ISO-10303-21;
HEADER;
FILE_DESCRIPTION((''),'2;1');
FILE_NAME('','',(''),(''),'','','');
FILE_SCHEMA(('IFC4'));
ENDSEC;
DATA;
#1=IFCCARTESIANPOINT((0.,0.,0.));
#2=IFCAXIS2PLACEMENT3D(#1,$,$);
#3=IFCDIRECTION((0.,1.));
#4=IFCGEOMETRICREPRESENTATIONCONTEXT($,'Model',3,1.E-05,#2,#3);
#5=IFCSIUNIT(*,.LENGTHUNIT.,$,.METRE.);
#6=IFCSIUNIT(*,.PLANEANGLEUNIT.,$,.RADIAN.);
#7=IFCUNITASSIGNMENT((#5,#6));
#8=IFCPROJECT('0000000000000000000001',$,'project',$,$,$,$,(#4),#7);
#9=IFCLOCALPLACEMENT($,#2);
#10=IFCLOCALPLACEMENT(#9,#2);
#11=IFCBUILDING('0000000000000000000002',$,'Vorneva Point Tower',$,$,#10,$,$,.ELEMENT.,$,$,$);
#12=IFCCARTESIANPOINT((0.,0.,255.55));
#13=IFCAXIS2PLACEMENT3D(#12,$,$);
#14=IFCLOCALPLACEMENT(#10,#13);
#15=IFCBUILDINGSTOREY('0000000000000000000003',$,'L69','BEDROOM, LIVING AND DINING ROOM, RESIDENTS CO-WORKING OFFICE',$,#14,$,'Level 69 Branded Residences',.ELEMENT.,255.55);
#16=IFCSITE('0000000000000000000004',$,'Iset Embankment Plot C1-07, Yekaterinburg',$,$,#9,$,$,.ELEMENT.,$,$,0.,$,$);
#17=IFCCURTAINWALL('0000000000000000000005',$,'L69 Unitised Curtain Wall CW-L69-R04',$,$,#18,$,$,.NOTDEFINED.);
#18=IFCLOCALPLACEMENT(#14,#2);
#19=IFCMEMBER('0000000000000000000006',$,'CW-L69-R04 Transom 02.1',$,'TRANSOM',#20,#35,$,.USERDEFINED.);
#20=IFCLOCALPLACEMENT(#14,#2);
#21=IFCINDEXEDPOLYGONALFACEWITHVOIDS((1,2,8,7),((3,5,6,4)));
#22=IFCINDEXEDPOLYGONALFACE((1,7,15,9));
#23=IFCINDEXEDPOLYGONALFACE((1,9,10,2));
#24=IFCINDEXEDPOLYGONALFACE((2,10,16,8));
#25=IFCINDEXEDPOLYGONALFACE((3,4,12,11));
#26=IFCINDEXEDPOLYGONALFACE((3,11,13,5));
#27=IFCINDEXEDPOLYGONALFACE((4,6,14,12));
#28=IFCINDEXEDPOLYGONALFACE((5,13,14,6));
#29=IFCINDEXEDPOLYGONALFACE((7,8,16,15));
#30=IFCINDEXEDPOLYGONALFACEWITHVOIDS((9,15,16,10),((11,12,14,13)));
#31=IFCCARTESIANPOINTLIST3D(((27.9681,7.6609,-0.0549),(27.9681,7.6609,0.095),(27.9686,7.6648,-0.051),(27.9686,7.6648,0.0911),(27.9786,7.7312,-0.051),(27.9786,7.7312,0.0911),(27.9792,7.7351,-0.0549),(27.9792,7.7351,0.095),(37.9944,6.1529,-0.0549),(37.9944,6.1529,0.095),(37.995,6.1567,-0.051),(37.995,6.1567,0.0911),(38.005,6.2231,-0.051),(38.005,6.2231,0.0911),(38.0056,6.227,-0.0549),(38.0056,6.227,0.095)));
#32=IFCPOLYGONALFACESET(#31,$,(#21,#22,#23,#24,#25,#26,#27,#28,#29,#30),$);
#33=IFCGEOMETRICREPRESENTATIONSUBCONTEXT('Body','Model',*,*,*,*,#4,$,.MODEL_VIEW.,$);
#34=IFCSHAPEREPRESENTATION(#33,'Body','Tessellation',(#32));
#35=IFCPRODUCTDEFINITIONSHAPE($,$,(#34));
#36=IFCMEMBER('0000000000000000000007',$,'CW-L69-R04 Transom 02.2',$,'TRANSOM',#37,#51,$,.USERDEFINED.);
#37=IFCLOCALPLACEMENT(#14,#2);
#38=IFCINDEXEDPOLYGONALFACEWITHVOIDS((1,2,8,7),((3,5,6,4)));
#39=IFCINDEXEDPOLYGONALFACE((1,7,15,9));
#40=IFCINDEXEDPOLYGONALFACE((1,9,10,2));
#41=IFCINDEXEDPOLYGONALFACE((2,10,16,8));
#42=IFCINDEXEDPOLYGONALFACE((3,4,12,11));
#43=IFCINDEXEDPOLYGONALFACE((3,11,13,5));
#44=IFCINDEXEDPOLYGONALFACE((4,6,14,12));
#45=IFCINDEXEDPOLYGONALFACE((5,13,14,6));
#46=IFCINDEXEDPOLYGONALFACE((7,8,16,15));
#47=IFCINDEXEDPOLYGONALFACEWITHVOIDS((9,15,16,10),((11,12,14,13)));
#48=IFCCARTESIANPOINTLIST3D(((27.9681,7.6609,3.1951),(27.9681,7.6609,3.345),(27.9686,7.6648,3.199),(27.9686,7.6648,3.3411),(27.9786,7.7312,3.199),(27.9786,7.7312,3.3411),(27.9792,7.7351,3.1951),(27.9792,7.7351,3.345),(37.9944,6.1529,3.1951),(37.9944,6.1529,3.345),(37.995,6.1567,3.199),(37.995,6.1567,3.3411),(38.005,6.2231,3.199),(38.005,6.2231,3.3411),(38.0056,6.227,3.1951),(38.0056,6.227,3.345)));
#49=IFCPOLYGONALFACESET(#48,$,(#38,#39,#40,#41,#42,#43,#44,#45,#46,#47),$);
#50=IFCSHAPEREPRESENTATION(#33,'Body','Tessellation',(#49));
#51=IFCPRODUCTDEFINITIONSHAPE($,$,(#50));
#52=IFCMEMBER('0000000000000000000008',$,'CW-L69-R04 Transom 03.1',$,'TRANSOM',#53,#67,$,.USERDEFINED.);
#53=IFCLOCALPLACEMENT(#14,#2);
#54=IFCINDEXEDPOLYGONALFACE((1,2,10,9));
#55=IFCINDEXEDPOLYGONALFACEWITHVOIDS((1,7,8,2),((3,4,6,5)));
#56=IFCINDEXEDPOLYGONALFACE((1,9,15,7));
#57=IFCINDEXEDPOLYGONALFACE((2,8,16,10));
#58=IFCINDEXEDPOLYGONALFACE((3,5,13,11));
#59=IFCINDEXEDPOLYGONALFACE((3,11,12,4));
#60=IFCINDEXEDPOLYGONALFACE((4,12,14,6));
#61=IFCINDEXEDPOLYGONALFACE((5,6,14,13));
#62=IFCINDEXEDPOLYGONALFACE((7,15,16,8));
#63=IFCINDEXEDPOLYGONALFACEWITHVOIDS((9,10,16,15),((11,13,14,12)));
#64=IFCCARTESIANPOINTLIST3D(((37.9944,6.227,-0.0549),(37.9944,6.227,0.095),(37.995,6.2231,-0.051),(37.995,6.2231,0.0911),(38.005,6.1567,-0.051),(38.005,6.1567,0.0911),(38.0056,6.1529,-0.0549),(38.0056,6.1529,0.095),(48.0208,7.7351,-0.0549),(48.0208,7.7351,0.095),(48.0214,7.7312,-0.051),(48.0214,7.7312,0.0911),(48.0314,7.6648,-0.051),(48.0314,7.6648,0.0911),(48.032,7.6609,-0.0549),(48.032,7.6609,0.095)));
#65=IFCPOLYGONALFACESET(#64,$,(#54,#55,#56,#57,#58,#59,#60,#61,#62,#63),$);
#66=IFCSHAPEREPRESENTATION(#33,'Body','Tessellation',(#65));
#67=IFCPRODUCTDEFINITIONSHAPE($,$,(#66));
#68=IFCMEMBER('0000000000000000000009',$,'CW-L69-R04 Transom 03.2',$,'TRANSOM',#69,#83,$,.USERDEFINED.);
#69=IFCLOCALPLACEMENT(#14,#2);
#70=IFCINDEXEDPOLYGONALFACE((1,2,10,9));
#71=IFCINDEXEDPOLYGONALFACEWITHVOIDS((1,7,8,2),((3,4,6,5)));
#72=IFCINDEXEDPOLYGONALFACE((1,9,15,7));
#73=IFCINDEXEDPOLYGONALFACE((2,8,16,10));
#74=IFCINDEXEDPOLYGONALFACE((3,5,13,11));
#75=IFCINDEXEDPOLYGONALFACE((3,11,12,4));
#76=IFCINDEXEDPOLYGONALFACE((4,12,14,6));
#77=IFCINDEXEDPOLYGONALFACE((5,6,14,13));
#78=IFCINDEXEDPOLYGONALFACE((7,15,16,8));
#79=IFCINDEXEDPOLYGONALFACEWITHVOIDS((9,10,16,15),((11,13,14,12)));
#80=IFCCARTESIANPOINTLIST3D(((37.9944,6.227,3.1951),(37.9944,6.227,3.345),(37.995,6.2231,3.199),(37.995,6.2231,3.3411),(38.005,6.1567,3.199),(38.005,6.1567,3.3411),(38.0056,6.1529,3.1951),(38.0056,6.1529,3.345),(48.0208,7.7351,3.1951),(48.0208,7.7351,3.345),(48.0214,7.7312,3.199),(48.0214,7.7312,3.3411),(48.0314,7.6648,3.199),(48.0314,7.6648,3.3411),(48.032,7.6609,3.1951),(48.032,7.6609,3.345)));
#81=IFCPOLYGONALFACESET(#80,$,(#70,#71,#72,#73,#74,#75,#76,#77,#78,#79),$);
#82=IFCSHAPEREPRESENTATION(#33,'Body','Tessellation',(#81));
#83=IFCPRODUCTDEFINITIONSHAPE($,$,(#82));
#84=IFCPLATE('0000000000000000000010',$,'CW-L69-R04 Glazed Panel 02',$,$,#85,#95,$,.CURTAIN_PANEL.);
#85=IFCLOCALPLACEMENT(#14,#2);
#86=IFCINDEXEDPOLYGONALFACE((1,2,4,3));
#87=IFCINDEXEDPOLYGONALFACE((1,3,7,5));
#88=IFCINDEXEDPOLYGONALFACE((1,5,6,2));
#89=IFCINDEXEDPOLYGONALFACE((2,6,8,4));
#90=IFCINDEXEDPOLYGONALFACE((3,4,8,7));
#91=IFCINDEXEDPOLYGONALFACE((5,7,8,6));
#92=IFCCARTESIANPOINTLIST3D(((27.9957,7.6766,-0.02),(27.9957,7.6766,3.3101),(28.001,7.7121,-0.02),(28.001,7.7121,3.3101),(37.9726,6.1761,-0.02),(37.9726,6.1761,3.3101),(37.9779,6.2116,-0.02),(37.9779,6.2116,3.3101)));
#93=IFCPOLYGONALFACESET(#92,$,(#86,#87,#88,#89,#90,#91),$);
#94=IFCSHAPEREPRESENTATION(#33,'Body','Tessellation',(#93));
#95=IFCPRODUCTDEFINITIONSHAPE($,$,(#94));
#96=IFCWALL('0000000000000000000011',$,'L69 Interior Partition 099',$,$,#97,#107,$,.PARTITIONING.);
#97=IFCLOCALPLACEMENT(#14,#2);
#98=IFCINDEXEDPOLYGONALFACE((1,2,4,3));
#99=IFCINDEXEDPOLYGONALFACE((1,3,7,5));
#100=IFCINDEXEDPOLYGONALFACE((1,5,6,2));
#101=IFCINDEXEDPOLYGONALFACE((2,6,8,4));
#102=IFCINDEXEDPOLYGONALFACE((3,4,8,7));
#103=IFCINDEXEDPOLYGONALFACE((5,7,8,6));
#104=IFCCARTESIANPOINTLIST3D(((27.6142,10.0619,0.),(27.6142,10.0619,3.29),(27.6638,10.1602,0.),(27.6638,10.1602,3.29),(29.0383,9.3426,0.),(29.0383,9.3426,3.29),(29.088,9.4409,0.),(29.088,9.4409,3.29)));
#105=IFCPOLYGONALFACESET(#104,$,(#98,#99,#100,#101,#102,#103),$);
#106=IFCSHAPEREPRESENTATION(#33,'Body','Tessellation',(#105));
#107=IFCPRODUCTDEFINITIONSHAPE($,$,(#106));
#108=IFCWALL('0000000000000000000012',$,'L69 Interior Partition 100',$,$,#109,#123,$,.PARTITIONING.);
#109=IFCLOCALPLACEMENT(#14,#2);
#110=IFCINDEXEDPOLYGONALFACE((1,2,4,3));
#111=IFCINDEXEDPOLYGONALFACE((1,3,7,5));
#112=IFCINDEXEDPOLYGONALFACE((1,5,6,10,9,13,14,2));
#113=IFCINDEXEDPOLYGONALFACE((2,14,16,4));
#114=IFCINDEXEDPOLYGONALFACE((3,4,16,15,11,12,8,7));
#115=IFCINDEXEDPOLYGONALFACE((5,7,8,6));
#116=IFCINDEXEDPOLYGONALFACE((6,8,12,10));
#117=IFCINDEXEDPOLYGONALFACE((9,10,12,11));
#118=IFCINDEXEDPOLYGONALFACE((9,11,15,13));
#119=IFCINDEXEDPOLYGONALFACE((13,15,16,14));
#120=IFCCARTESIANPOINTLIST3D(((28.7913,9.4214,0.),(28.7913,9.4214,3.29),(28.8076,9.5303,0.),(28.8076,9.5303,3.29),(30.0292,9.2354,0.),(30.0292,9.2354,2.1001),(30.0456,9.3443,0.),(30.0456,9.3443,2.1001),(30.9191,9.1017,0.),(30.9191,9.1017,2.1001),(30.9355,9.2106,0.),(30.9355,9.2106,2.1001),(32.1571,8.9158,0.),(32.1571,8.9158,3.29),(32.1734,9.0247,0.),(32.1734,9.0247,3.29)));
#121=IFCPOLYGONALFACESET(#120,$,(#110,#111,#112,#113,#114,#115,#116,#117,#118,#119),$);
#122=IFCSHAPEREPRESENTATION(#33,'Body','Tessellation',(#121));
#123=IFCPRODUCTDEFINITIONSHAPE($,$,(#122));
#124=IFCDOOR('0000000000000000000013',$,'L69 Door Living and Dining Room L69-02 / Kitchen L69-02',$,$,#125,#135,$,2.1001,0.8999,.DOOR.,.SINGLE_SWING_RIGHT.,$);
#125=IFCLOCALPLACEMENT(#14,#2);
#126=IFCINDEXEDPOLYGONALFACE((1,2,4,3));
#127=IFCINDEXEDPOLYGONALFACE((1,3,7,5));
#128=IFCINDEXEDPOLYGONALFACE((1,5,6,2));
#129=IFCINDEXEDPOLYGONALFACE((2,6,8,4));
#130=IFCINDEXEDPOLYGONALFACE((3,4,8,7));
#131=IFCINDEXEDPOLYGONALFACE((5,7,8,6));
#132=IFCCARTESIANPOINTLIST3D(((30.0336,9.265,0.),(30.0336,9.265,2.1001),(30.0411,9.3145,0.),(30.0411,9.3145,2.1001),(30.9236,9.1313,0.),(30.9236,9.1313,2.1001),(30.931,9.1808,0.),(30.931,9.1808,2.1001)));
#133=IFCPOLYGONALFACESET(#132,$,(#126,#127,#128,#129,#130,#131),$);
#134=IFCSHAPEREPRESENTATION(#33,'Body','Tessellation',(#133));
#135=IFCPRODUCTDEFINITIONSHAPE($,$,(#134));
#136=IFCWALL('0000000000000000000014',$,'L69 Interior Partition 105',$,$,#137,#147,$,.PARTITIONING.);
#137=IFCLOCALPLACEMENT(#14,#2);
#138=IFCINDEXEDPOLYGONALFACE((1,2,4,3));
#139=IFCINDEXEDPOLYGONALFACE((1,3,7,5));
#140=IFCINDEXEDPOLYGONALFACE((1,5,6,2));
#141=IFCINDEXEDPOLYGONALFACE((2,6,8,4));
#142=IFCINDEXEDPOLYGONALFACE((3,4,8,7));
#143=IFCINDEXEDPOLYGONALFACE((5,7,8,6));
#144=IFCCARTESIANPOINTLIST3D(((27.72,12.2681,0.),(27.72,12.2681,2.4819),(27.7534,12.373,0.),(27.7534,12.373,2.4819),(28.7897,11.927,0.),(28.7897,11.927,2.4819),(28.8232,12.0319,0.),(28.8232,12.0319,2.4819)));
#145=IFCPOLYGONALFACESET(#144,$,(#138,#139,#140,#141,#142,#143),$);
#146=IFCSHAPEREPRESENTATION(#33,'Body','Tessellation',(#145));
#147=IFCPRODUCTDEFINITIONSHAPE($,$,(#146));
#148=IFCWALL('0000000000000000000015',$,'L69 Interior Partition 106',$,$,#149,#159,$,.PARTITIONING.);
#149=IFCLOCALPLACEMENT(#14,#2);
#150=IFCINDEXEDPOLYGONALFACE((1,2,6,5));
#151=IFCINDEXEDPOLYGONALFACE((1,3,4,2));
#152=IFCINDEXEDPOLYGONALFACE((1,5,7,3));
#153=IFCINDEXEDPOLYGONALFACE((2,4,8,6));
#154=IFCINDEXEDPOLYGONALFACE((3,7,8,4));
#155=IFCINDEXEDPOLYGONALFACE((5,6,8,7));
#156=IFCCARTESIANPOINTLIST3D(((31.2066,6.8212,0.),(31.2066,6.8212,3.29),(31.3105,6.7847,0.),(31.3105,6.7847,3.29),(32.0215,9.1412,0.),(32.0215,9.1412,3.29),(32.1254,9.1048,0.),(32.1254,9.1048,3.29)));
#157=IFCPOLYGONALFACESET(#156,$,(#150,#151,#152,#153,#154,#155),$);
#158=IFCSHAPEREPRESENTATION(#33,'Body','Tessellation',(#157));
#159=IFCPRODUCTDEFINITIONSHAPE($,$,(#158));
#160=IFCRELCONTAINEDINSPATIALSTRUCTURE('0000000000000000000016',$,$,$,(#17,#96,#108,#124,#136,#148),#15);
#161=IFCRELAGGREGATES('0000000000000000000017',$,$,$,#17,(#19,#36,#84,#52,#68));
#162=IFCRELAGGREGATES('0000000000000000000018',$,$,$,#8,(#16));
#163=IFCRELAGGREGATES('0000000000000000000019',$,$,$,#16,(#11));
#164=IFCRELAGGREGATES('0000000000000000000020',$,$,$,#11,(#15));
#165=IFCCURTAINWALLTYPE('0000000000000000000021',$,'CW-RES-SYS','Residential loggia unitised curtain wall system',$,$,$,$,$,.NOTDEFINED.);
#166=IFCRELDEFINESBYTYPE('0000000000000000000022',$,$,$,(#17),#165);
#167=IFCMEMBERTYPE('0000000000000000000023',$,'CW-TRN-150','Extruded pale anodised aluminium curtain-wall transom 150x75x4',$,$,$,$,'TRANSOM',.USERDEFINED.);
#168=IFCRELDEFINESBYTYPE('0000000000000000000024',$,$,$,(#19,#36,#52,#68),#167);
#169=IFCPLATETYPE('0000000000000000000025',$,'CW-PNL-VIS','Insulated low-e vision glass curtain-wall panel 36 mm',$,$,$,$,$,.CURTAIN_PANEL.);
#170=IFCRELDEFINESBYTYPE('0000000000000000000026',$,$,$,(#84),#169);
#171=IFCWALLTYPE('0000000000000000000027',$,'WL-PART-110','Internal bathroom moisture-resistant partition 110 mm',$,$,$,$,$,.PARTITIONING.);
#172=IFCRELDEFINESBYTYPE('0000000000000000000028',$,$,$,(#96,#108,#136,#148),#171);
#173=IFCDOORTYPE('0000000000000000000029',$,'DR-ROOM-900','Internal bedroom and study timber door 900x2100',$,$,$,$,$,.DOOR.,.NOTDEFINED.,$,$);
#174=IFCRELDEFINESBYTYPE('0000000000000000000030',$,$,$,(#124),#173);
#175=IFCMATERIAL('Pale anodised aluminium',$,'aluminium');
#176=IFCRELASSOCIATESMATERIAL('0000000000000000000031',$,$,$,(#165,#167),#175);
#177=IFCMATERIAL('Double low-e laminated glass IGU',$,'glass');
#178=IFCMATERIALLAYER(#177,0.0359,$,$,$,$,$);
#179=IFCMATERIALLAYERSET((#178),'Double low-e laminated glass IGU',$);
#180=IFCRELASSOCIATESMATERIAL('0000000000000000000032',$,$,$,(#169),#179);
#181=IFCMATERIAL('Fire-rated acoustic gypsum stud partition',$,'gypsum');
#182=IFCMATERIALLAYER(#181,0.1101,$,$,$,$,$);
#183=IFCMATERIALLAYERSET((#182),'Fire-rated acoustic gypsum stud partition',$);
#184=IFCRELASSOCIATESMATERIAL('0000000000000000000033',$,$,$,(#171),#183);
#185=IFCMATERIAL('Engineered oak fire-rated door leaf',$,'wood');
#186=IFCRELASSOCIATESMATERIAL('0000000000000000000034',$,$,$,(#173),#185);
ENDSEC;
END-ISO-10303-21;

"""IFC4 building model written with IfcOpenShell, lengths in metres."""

from ifc_helpers import new_model, si_unit, direction, frame, frame_2d, origin, origin_2d, place, context, subcontext, project, spatial, rectangle, hollow_rectangle, extrude, material, layer, layer_set, material_profile, profile_set, type_object, element, fill, aggregate, save


model = new_model("IFC4")

# Units and contexts
model_context = context("Model", 3, precision=1e-05, world=origin(), true_north=direction((0.0, 1.0)))
body_context = subcontext(model_context, "Body", "Model", "MODEL_VIEW")
ifc_project = project(units=[si_unit("LENGTHUNIT", "METRE"), si_unit("PLANEANGLEUNIT", "RADIAN")], contexts=[model_context])

# Site, building, storey
site_placement = place(None, origin())
site = spatial("IfcSite", under=ifc_project, at=site_placement, Name="Iset Embankment Plot C1-07, Yekaterinburg", CompositionType="ELEMENT", RefElevation=0.0)
building_placement = place(site_placement, origin())
building = spatial("IfcBuilding", under=site, at=building_placement, Name="Vorneva Point Tower", CompositionType="ELEMENT")
storey_placement = place(building_placement, frame((0.0, 0.0, 255.55)))
storey = spatial("IfcBuildingStorey", under=building, at=storey_placement, Name="L69", Description="BEDROOM, LIVING AND DINING ROOM, RESIDENTS CO-WORKING OFFICE", LongName="Level 69 Branded Residences", CompositionType="ELEMENT", Elevation=255.55)

# Curtain wall, members, plate
ifc_material_1 = material(Name="Pale anodised aluminium", Category="aluminium")
curtain_wall_type = type_object("IfcCurtainWallType", Name="CW-RES-SYS", Description="Residential loggia unitised curtain wall system", PredefinedType="NOTDEFINED", material=ifc_material_1)
curtain_wall_placement = place(storey_placement, origin())
curtain_wall = element("IfcCurtainWall", 1, at=curtain_wall_placement, inside=storey, type_object=curtain_wall_type, Name="L69 Unitised Curtain Wall CW-L69-R04", PredefinedType="NOTDEFINED")
ifc_material_profile_1 = material_profile(ifc_material_1, hollow_rectangle(XDim=0.075, YDim=0.1499, WallThickness=0.0039, at=origin_2d()), Name="AL-TRN 150x75x4")
ifc_profile_set_1 = profile_set([ifc_material_profile_1], Name="Pale anodised aluminium")
member_type_1 = type_object("IfcMemberType", Name="CW-TRN-150", Description="Extruded pale anodised aluminium curtain-wall transom 150x75x4", ElementType="TRANSOM", PredefinedType="USERDEFINED", material=ifc_profile_set_1)
member_1_placement = place(storey_placement, frame((27.9736, 7.698, 0.02), z_axis=(0.988877, -0.148736, 0.0), x_axis=(0.148736, 0.988877, 0.0)))
member_1 = element("IfcMember", 2, at=member_1_placement, type_object=member_type_1, Name="CW-L69-R04 Transom 02.1", ObjectType="TRANSOM", PredefinedType="USERDEFINED", context=body_context, shape_type="SweptSolid", body=[
    extrude(hollow_rectangle(XDim=0.075, YDim=0.1499, WallThickness=0.0039, at=origin_2d()), origin(), (0.0, 0.0, 1.0), 10.1392),
])
member_2_placement = place(storey_placement, frame((27.9736, 7.698, 3.27), z_axis=(0.988877, -0.148736, 0.0), x_axis=(0.148736, 0.988877, 0.0)))
member_2 = element("IfcMember", 3, at=member_2_placement, type_object=member_type_1, Name="CW-L69-R04 Transom 02.2", ObjectType="TRANSOM", PredefinedType="USERDEFINED", context=body_context, shape_type="SweptSolid", body=[
    extrude(hollow_rectangle(XDim=0.075, YDim=0.1499, WallThickness=0.0039, at=origin_2d()), origin(), (0.0, 0.0, 1.0), 10.1392),
])
member_3_placement = place(storey_placement, frame((38.0, 6.1899, 0.02), z_axis=(0.988877, 0.148736, 0.0), x_axis=(-0.148736, 0.988877, 0.0)))
member_3 = element("IfcMember", 4, at=member_3_placement, type_object=member_type_1, Name="CW-L69-R04 Transom 03.1", ObjectType="TRANSOM", PredefinedType="USERDEFINED", context=body_context, shape_type="SweptSolid", body=[
    extrude(hollow_rectangle(XDim=0.075, YDim=0.1499, WallThickness=0.0039, at=origin_2d()), origin(), (0.0, 0.0, 1.0), 10.1392),
])
member_4_placement = place(storey_placement, frame((38.0, 6.1899, 3.27), z_axis=(0.988877, 0.148736, 0.0), x_axis=(-0.148736, 0.988877, 0.0)))
member_4 = element("IfcMember", 5, at=member_4_placement, type_object=member_type_1, Name="CW-L69-R04 Transom 03.2", ObjectType="TRANSOM", PredefinedType="USERDEFINED", context=body_context, shape_type="SweptSolid", body=[
    extrude(hollow_rectangle(XDim=0.075, YDim=0.1499, WallThickness=0.0039, at=origin_2d()), origin(), (0.0, 0.0, 1.0), 10.1392),
])
ifc_material_2 = material(Name="Double low-e laminated glass IGU", Category="glass")
ifc_layer_1 = layer(ifc_material_2, 0.0359)
ifc_layer_set_1 = layer_set([ifc_layer_1], Name="Double low-e laminated glass IGU")
plate_type = type_object("IfcPlateType", Name="CW-PNL-VIS", Description="Insulated low-e vision glass curtain-wall panel 36 mm", PredefinedType="CURTAIN_PANEL", material=ifc_layer_set_1)
plate_placement = place(storey_placement, frame((32.9868, 6.9441, -0.02), z_axis=(0.0, 0.0, 1.0), x_axis=(0.988879, -0.148724, 0.0)))
plate = element("IfcPlate", 6, at=plate_placement, type_object=plate_type, Name="CW-L69-R04 Glazed Panel 02", PredefinedType="CURTAIN_PANEL", context=body_context, shape_type="SweptSolid", body=[
    extrude(rectangle(XDim=10.0891, YDim=0.0359, at=origin_2d()), origin(), (0.0, 0.0, 1.0), 3.3301),
])
aggregate(curtain_wall, [member_1, member_2, plate, member_3, member_4])

# Wall
ifc_material_3 = material(Name="Fire-rated acoustic gypsum stud partition", Category="gypsum")
ifc_layer_2 = layer(ifc_material_3, 0.1101)
ifc_layer_set_2 = layer_set([ifc_layer_2], Name="Fire-rated acoustic gypsum stud partition")
wall_type_1 = type_object("IfcWallType", Name="WL-PART-110", Description="Internal bathroom moisture-resistant partition 110 mm", PredefinedType="PARTITIONING", material=ifc_layer_set_2)
wall_1_placement = place(storey_placement, frame((27.6389, 10.1111, 0.0), z_axis=(0.0, 0.0, 1.0), x_axis=(0.892614, -0.450821, 0.0)))
element("IfcWall", 7, at=wall_1_placement, inside=storey, type_object=wall_type_1, Name="L69 Interior Partition 099", PredefinedType="PARTITIONING", context=body_context, shape_type="SweptSolid", body=[
    extrude(rectangle(XDim=1.5955, YDim=0.1101, at=frame_2d((0.7979, 0.0))), origin(), (0.0, 0.0, 1.0), 3.29),
])

# Wall, opening, door
wall_2_placement = place(storey_placement, frame((28.7996, 9.4758, 0.0), z_axis=(0.0, 0.0, 1.0), x_axis=(0.988904, -0.148558, 0.0)))
wall_2 = element("IfcWall", 8, at=wall_2_placement, inside=storey, type_object=wall_type_1, Name="L69 Interior Partition 100", PredefinedType="PARTITIONING", context=body_context, shape_type="SweptSolid", body=[
    extrude(rectangle(XDim=3.4036, YDim=0.1101, at=frame_2d((1.7017, 0.0))), origin(), (0.0, 0.0, 1.0), 3.29),
])
opening_1_placement = place(wall_2_placement, frame((1.2517, 0.0, 0.0)))
opening_1 = element("IfcOpeningElement", 9, at=opening_1_placement, cuts=wall_2, PredefinedType="OPENING", context=body_context, shape_type="SweptSolid", body=[
    extrude(rectangle(XDim=0.8999, YDim=2.1001, at=frame_2d((0.45, 1.05))), frame((0.0, 0.0698, 0.0), z_axis=(0.0, -1.0, 0.0), x_axis=(1.0, 0.0, 0.0)), (0.0, 0.0, 1.0), 0.1399),
])
ifc_material_4 = material(Name="Engineered oak fire-rated door leaf", Category="wood")
door_type_1 = type_object("IfcDoorType", Name="DR-ROOM-900", Description="Internal bedroom and study timber door 900x2100", OperationType="NOTDEFINED", PredefinedType="DOOR", material=ifc_material_4)
door_1_placement = place(opening_1_placement, origin())
door_1 = element("IfcDoor", 10, at=door_1_placement, inside=storey, type_object=door_type_1, Name="L69 Door Living and Dining Room L69-02 / Kitchen L69-02", OperationType="SINGLE_SWING_RIGHT", OverallHeight=2.1001, OverallWidth=0.8999, PredefinedType="DOOR", context=body_context, shape_type="SweptSolid", body=[
    extrude(rectangle(XDim=0.8999, YDim=2.1001, at=frame_2d((0.45, 1.05))), frame((0.0, 0.0249, 0.0), z_axis=(0.0, -1.0, 0.0), x_axis=(1.0, 0.0, 0.0)), (0.0, 0.0, 1.0), 0.05),
])
fill(opening_1, door_1)

# Walls
wall_3_placement = place(storey_placement, frame((27.7366, 12.3206, 0.0), z_axis=(0.0, 0.0, 1.0), x_axis=(0.952754, -0.303742, 0.0)))
element("IfcWall", 11, at=wall_3_placement, inside=storey, type_object=wall_type_1, Name="L69 Interior Partition 105", PredefinedType="PARTITIONING", context=body_context, shape_type="SweptSolid", body=[
    extrude(rectangle(XDim=1.1228, YDim=0.1101, at=frame_2d((0.5615, 0.0))), origin(), (0.0, 0.0, 1.0), 2.4819),
])
wall_4_placement = place(storey_placement, frame((31.2585, 6.803, 0.0), z_axis=(0.0, 0.0, 1.0), x_axis=(0.331407, 0.943488, 0.0)))
element("IfcWall", 12, at=wall_4_placement, inside=storey, type_object=wall_type_1, Name="L69 Interior Partition 106", PredefinedType="PARTITIONING", context=body_context, shape_type="SweptSolid", body=[
    extrude(rectangle(XDim=2.459, YDim=0.1101, at=frame_2d((1.2295, 0.0))), origin(), (0.0, 0.0, 1.0), 3.29),
])

save(model, "model.ifc")
